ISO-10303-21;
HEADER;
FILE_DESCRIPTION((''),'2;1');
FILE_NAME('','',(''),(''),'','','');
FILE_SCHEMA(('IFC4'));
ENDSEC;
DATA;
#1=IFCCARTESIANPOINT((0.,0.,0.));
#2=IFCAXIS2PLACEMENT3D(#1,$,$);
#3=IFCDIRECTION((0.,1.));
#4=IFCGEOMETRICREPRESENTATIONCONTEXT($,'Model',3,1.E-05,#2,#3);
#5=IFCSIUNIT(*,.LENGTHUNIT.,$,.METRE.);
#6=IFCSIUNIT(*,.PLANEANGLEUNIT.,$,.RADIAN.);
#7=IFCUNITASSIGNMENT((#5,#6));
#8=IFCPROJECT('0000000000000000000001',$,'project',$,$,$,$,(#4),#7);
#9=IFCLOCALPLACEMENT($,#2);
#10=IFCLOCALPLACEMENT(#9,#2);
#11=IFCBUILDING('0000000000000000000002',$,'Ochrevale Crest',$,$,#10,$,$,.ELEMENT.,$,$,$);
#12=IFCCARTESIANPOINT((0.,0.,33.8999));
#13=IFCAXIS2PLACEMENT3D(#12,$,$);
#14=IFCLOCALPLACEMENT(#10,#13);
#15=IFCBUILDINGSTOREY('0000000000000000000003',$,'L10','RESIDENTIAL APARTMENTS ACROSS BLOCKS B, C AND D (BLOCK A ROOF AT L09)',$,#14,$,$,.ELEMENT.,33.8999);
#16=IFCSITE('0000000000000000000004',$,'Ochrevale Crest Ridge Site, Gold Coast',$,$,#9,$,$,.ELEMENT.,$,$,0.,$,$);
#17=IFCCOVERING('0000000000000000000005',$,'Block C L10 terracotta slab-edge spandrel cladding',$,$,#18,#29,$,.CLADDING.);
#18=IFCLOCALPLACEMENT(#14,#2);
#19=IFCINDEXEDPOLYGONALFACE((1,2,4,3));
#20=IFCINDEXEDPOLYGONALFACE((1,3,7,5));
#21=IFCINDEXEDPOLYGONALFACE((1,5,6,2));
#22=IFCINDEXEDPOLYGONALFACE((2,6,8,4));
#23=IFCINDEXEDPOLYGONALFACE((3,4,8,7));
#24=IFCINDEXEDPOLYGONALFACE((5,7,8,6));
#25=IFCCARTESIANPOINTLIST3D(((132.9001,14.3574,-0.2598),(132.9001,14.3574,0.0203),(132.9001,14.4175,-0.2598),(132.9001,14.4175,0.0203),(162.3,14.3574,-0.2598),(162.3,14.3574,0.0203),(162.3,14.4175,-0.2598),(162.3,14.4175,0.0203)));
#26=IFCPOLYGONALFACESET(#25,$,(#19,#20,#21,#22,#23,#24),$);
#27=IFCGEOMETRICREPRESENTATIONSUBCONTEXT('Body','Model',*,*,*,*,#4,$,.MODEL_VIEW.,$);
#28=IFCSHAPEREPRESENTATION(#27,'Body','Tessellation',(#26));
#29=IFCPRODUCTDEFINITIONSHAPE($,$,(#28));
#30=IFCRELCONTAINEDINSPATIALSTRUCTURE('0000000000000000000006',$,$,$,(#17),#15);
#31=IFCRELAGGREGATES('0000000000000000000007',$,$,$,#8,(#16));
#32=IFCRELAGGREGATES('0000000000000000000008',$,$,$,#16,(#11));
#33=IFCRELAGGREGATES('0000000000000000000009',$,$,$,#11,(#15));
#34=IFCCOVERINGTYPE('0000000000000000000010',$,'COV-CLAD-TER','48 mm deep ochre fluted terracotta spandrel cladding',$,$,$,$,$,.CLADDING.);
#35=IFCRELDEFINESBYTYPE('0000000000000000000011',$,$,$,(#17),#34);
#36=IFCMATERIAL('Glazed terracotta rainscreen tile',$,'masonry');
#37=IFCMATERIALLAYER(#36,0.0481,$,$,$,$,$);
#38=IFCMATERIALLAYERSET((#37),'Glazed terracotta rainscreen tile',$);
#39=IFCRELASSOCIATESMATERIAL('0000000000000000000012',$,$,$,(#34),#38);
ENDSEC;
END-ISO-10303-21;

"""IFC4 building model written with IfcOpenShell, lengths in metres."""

from ifc_helpers import new_model, si_unit, direction, frame, origin, origin_2d, place, context, subcontext, project, spatial, rectangle, extrude, material, layer, layer_set, type_object, element, save


model = new_model("IFC4")

# Units and contexts
model_context = context("Model", 3, precision=1e-05, world=origin(), true_north=direction((0.0, 1.0)))
body_context = subcontext(model_context, "Body", "Model", "MODEL_VIEW")
ifc_project = project(units=[si_unit("LENGTHUNIT", "METRE"), si_unit("PLANEANGLEUNIT", "RADIAN")], contexts=[model_context])

# Site, building, storey
site_placement = place(None, origin())
site = spatial("IfcSite", under=ifc_project, at=site_placement, Name="Ochrevale Crest Ridge Site, Gold Coast", CompositionType="ELEMENT", RefElevation=0.0)
building_placement = place(site_placement, origin())
building = spatial("IfcBuilding", under=site, at=building_placement, Name="Ochrevale Crest", CompositionType="ELEMENT")
storey_placement = place(building_placement, frame((0.0, 0.0, 33.8999)))
storey = spatial("IfcBuildingStorey", under=building, at=storey_placement, Name="L10", Description="RESIDENTIAL APARTMENTS ACROSS BLOCKS B, C AND D (BLOCK A ROOF AT L09)", CompositionType="ELEMENT", Elevation=33.8999)

# Covering
ifc_material_1 = material(Name="Glazed terracotta rainscreen tile", Category="masonry")
ifc_layer_1 = layer(ifc_material_1, 0.0481)
ifc_layer_set_1 = layer_set([ifc_layer_1], Name="Glazed terracotta rainscreen tile")
covering_type = type_object("IfcCoveringType", Name="COV-CLAD-TER", Description="48 mm deep ochre fluted terracotta spandrel cladding", PredefinedType="CLADDING", material=ifc_layer_set_1)
covering_placement = place(storey_placement, frame((147.6001, 14.3875, -0.2598), z_axis=(0.0, 0.0, 1.0), x_axis=(1.0, 0.0, 0.0)))
element("IfcCovering", 1, at=covering_placement, inside=storey, type_object=covering_type, Name="Block C L10 terracotta slab-edge spandrel cladding", PredefinedType="CLADDING", context=body_context, shape_type="SweptSolid", body=[
    extrude(rectangle(XDim=29.3999, YDim=0.0601, at=origin_2d()), origin(), (0.0, 0.0, 1.0), 0.28),
])

save(model, "model.ifc")
